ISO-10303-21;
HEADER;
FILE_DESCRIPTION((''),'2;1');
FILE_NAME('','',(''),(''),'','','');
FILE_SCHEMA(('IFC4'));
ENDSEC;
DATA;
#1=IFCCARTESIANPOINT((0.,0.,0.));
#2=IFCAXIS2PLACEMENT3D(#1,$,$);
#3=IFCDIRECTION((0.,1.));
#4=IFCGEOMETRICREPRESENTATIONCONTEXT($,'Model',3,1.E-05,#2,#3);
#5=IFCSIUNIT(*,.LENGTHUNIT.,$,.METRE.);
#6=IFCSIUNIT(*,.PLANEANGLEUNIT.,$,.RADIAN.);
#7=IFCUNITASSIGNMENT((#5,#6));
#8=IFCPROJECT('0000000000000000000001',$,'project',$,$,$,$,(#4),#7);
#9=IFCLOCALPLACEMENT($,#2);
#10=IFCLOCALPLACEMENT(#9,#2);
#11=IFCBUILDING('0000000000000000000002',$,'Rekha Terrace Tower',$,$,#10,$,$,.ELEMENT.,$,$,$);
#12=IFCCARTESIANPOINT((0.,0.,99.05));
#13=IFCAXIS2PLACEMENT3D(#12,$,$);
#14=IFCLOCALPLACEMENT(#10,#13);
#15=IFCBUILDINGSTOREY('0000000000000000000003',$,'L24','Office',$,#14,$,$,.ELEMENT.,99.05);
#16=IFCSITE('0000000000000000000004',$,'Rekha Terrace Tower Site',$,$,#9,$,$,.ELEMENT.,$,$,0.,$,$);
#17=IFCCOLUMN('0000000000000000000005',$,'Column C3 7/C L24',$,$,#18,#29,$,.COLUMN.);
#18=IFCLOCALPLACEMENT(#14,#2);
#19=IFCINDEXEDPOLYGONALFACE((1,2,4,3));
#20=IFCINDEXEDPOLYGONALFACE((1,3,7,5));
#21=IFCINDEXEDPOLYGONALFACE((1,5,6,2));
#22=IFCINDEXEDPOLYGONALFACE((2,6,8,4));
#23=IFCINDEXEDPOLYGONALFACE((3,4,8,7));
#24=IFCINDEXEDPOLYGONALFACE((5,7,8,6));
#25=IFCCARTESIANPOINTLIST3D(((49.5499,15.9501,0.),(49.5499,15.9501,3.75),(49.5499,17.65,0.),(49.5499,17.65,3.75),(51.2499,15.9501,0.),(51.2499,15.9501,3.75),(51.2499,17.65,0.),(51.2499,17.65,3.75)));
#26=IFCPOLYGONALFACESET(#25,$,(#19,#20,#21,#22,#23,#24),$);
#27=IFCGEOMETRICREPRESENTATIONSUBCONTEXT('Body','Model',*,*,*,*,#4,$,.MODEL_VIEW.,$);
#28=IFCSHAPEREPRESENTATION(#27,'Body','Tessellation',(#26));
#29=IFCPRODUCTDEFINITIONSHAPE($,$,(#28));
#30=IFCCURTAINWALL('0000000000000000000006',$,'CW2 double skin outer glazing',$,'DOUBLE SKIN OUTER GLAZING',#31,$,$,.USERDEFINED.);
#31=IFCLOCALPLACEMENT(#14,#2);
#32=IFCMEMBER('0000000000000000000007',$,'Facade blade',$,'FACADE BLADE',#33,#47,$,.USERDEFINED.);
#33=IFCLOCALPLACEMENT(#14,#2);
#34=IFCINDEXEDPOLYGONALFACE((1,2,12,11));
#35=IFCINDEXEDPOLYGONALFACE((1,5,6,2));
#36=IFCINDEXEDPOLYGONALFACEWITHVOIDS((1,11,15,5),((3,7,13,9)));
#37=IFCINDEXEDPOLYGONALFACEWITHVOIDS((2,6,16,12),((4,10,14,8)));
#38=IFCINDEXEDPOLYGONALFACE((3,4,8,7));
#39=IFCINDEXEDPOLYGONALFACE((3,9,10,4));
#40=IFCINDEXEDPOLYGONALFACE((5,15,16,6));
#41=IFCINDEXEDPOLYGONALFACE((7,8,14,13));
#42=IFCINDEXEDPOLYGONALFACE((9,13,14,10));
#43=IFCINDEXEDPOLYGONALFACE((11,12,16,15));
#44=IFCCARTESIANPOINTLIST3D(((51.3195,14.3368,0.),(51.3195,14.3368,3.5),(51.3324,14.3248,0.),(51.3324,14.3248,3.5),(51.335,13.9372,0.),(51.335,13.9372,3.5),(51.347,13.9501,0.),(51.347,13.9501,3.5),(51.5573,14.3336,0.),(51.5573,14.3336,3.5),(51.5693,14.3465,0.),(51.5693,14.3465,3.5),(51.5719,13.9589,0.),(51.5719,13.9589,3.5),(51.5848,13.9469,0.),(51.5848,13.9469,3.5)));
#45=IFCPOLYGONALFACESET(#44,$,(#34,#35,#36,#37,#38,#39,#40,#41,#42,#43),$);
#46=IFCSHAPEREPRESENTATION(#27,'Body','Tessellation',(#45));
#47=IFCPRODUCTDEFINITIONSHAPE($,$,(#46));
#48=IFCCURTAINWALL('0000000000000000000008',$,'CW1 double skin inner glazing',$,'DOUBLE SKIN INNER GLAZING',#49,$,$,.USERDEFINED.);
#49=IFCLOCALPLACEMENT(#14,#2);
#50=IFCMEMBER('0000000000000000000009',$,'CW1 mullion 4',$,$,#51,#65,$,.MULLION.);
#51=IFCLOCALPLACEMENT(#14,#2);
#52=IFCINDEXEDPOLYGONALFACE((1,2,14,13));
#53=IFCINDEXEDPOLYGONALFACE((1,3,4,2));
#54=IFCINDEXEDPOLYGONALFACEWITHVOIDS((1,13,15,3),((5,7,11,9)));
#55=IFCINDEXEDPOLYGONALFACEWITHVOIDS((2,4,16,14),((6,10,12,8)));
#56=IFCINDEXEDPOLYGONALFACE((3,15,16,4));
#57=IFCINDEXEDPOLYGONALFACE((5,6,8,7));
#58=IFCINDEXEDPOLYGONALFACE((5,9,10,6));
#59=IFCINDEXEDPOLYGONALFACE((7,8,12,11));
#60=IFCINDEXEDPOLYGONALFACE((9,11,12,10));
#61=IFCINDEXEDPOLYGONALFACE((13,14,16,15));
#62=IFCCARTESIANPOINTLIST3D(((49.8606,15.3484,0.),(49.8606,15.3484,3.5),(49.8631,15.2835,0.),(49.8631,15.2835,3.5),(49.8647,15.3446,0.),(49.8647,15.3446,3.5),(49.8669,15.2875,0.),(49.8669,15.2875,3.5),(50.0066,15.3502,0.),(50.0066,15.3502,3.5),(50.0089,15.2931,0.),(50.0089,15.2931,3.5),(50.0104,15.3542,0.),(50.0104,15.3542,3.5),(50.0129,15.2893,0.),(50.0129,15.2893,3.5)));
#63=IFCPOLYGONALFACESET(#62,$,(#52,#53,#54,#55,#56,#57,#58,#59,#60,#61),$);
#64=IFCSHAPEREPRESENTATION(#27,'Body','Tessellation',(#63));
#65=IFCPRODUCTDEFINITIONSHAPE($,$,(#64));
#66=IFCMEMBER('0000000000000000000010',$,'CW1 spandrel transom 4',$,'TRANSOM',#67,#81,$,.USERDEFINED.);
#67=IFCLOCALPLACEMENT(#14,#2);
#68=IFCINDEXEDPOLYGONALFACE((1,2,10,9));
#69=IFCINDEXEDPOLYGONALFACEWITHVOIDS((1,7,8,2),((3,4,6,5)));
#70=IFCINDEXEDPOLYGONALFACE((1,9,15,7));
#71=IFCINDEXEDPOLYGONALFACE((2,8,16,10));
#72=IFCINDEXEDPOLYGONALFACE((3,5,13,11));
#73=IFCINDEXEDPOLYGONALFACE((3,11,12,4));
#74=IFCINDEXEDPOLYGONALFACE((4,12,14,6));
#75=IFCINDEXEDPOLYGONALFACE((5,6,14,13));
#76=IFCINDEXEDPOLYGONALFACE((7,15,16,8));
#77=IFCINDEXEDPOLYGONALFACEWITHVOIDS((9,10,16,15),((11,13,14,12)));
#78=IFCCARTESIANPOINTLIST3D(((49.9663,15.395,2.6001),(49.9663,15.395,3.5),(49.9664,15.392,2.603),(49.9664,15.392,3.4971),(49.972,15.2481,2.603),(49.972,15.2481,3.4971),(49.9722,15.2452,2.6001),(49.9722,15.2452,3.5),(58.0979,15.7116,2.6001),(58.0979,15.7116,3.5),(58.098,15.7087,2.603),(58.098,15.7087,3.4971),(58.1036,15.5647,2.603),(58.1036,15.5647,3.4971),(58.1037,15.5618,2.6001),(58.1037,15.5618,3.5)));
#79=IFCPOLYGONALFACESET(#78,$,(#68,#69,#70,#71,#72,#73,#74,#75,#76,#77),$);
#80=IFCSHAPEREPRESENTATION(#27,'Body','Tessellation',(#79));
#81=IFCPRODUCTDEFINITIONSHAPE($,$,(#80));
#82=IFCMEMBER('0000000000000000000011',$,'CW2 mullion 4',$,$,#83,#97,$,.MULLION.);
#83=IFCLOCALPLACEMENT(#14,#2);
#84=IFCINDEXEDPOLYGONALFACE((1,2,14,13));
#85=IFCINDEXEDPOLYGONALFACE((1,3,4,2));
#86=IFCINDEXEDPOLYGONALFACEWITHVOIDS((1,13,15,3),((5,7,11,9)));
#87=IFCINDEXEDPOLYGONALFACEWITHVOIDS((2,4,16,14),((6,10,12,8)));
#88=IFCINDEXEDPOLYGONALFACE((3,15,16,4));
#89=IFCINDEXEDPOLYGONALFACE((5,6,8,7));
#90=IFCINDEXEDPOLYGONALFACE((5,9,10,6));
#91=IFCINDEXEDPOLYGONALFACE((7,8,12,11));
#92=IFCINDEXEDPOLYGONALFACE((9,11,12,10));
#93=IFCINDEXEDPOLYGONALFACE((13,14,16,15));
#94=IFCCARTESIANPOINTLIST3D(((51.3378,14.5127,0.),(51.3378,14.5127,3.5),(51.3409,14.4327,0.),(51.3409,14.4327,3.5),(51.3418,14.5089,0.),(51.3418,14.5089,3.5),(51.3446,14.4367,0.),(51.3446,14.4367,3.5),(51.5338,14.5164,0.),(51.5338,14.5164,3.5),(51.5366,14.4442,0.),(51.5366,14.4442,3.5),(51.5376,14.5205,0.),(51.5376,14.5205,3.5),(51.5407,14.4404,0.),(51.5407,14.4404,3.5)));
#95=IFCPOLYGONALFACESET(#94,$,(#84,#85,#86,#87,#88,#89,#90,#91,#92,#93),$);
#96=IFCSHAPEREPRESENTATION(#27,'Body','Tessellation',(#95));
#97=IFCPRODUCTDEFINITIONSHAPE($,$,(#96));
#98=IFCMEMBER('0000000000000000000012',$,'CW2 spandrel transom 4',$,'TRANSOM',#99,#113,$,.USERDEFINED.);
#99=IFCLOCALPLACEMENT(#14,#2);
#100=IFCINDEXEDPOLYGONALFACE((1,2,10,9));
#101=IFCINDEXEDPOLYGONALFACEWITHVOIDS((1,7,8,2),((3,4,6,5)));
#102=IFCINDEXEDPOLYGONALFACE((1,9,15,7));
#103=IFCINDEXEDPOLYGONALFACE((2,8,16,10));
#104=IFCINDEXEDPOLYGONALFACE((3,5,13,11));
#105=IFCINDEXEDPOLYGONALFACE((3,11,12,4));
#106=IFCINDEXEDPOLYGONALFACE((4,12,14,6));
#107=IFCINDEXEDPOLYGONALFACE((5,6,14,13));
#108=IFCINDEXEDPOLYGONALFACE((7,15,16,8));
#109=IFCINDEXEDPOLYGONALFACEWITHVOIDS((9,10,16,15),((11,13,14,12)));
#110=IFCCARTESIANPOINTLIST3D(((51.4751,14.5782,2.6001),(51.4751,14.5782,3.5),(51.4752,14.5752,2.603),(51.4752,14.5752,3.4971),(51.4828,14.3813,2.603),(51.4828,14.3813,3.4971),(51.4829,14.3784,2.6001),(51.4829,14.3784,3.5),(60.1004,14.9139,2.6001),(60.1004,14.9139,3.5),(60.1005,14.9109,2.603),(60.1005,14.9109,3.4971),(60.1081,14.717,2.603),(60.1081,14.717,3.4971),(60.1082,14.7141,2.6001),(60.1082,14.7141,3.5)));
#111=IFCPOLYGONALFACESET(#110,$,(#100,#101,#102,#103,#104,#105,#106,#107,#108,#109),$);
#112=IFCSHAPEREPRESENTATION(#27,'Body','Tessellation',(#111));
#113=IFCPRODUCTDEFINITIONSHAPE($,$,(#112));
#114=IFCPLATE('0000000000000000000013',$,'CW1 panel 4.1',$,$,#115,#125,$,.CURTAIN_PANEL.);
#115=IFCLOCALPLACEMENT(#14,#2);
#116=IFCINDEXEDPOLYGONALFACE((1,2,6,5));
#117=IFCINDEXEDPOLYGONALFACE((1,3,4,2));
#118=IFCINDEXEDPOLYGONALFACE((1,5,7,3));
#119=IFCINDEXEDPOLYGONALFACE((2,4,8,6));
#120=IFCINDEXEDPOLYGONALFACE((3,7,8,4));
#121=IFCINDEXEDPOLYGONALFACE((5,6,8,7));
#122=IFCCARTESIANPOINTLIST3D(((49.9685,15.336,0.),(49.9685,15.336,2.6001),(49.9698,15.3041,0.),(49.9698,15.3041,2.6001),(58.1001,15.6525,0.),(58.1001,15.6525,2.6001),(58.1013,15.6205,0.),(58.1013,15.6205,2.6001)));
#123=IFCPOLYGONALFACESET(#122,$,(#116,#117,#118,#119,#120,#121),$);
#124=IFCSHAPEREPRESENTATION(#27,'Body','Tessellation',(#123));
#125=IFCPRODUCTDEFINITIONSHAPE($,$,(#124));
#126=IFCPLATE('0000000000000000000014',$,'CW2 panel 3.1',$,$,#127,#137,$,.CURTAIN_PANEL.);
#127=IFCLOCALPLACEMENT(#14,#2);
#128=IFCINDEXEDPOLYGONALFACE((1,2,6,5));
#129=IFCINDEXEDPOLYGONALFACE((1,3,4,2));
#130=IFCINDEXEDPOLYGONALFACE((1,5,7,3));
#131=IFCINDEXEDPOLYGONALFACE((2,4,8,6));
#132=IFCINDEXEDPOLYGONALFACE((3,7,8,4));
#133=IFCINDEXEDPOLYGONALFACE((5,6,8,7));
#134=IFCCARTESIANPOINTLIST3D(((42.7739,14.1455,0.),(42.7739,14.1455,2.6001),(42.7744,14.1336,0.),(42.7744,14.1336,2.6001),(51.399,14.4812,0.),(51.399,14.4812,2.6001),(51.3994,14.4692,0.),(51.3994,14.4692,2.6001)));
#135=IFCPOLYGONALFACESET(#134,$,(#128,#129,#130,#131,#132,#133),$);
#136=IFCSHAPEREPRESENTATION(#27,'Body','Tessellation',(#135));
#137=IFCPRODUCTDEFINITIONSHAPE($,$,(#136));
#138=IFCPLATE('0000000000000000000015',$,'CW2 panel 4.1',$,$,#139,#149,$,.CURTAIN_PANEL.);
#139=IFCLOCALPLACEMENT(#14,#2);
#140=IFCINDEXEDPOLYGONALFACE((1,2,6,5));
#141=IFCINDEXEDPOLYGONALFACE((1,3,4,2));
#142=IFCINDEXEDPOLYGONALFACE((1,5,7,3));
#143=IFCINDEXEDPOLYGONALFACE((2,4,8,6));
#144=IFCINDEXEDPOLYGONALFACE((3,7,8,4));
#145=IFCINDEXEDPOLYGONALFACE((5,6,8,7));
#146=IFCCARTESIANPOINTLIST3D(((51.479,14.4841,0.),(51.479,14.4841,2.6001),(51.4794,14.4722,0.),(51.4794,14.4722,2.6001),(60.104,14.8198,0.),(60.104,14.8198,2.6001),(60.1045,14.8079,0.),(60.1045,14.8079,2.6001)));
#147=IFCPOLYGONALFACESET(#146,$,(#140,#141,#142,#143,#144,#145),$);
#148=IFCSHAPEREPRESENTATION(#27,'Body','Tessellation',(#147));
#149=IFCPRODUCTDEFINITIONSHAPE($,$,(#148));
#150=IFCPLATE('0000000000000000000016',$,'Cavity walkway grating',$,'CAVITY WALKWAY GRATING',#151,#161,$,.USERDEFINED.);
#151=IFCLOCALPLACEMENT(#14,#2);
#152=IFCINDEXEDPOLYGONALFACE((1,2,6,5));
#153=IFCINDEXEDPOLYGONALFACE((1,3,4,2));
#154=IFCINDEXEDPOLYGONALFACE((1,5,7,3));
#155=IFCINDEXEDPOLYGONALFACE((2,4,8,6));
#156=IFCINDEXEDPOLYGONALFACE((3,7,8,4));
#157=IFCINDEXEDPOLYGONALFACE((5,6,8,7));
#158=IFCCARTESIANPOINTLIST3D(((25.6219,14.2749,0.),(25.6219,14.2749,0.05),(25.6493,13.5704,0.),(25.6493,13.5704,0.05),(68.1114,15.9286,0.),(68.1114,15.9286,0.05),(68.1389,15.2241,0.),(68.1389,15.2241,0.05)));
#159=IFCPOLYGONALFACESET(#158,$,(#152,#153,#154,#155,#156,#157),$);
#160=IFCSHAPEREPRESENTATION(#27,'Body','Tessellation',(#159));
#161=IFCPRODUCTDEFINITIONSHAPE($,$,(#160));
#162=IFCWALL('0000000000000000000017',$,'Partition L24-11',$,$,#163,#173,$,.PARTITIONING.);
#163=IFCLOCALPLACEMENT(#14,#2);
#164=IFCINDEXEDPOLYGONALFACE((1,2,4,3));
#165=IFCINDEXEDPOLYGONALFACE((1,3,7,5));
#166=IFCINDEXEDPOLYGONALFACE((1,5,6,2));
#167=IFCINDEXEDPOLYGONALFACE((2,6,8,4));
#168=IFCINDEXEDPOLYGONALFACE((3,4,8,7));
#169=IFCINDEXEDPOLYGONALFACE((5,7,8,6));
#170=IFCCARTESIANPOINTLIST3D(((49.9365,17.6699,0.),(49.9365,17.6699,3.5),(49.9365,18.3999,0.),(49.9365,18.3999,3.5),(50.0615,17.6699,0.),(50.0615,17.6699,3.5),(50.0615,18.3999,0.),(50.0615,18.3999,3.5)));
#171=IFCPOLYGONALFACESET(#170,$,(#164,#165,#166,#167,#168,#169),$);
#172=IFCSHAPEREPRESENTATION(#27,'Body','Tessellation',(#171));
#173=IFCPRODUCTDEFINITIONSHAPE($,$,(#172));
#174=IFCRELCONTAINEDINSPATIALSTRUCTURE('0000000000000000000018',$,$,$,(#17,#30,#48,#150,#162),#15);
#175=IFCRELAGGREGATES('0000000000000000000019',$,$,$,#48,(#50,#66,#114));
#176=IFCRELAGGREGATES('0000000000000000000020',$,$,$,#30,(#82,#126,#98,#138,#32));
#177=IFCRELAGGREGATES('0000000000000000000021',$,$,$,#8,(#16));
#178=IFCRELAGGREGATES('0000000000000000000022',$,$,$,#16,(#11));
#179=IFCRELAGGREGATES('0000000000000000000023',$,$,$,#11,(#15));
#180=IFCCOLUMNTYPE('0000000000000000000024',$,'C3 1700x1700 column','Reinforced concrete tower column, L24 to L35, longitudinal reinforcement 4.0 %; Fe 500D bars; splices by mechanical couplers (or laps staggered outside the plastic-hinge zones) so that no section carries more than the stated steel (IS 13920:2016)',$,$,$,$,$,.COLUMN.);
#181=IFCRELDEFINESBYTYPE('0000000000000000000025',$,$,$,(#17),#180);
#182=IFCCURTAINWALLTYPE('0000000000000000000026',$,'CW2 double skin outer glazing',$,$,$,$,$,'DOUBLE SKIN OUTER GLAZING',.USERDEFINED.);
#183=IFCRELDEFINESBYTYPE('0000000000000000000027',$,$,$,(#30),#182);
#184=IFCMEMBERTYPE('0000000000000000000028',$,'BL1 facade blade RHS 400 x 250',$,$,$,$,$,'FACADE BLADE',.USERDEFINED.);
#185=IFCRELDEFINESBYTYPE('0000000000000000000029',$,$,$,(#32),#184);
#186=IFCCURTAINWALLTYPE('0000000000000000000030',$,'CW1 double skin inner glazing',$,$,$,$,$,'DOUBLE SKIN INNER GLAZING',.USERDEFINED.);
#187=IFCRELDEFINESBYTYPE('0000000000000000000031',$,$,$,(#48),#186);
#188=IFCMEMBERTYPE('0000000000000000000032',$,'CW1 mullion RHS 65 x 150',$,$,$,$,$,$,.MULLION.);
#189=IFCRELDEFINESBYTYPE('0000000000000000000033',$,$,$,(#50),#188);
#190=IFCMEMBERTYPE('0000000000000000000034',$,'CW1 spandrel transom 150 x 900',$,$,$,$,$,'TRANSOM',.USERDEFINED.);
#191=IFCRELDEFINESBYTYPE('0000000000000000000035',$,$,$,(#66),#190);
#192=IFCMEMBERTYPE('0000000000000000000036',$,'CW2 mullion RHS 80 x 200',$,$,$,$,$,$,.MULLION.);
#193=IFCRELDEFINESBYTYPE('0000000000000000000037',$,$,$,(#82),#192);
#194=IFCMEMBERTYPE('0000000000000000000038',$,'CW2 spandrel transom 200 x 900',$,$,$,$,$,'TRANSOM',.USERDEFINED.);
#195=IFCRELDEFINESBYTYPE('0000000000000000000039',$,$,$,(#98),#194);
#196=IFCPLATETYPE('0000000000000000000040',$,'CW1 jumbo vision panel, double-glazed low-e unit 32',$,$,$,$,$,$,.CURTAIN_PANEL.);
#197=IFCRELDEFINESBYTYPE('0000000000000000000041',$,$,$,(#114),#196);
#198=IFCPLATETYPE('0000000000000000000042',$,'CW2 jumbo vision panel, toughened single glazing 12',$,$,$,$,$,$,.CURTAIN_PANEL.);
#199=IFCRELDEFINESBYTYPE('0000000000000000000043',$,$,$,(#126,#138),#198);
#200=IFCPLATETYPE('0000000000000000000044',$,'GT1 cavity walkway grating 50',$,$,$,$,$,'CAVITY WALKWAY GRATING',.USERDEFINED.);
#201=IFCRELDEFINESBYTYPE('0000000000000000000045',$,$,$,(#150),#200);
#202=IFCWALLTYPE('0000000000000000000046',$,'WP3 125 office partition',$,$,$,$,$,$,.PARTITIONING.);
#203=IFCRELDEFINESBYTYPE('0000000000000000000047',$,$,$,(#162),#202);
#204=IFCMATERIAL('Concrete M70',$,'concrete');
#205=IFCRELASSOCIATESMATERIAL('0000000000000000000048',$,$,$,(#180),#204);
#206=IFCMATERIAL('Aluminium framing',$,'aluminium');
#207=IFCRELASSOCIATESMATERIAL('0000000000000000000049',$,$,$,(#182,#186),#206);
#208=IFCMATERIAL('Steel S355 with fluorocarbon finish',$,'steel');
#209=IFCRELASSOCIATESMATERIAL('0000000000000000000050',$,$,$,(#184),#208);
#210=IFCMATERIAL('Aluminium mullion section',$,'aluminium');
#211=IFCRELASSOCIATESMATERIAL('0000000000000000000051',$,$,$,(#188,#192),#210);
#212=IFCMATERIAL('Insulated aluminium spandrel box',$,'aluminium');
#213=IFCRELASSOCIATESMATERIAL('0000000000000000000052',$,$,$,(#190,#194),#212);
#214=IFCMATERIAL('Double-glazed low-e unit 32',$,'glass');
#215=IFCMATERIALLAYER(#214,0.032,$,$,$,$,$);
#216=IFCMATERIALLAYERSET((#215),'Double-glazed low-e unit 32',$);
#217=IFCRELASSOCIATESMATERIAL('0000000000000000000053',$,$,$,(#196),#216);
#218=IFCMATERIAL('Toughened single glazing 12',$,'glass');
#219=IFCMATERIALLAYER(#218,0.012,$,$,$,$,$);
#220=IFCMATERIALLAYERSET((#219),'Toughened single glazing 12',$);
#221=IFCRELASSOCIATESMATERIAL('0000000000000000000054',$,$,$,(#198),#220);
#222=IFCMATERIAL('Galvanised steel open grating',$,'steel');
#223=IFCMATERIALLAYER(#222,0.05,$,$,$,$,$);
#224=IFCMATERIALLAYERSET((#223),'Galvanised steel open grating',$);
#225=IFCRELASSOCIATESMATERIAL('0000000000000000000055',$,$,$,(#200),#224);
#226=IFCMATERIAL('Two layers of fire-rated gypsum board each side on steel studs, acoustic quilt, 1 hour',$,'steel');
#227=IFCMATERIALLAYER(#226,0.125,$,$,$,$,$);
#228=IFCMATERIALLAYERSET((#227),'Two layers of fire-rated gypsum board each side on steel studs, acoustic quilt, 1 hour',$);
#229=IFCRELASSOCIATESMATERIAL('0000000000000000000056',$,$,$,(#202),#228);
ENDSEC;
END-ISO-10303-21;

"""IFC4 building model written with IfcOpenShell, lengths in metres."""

from ifc_helpers import new_model, si_unit, direction, frame, frame_2d, origin, origin_2d, place, context, subcontext, project, spatial, rectangle, hollow_rectangle, extrude, material, layer, layer_set, material_profile, profile_set, type_object, element, aggregate, save


model = new_model("IFC4")

# Units and contexts
model_context = context("Model", 3, precision=1e-05, world=origin(), true_north=direction((0.0, 1.0)))
body_context = subcontext(model_context, "Body", "Model", "MODEL_VIEW")
ifc_project = project(units=[si_unit("LENGTHUNIT", "METRE"), si_unit("PLANEANGLEUNIT", "RADIAN")], contexts=[model_context])

# Site, building, storey
site_placement = place(None, origin())
site = spatial("IfcSite", under=ifc_project, at=site_placement, Name="Rekha Terrace Tower Site", CompositionType="ELEMENT", RefElevation=0.0)
building_placement = place(site_placement, origin())
building = spatial("IfcBuilding", under=site, at=building_placement, Name="Rekha Terrace Tower", CompositionType="ELEMENT")
storey_placement = place(building_placement, frame((0.0, 0.0, 99.05)))
storey = spatial("IfcBuildingStorey", under=building, at=storey_placement, Name="L24", Description="Office", CompositionType="ELEMENT", Elevation=99.05)

# Column
ifc_material_1 = material(Name="Concrete M70", Category="concrete")
ifc_material_profile_1 = material_profile(ifc_material_1, rectangle(XDim=1.7, YDim=1.7, at=origin_2d()), Name="RC 1700x1700")
ifc_profile_set_1 = profile_set([ifc_material_profile_1], Name="Concrete M70")
column_type = type_object("IfcColumnType", Name="C3 1700x1700 column", Description="Reinforced concrete tower column, L24 to L35, longitudinal reinforcement 4.0 %; Fe 500D bars; splices by mechanical couplers (or laps staggered outside the plastic-hinge zones) so that no section carries more than the stated steel (IS 13920:2016)", PredefinedType="COLUMN", material=ifc_profile_set_1)
column_placement = place(storey_placement, frame((50.3999, 16.8, 0.0), z_axis=(0.0, 0.0, 1.0), x_axis=(1.0, 0.0, 0.0)))
element("IfcColumn", 1, at=column_placement, inside=storey, type_object=column_type, Name="Column C3 7/C L24", PredefinedType="COLUMN", context=body_context, shape_type="SweptSolid", body=[
    extrude(rectangle(XDim=1.7, YDim=1.7, at=origin_2d()), origin(), (0.0, 0.0, 1.0), 3.75),
])

# Curtain wall, member
ifc_material_2 = material(Name="Aluminium framing", Category="aluminium")
curtain_wall_type_1 = type_object("IfcCurtainWallType", Name="CW2 double skin outer glazing", ElementType="DOUBLE SKIN OUTER GLAZING", PredefinedType="USERDEFINED", material=ifc_material_2)
curtain_wall_1_placement = place(storey_placement, origin())
curtain_wall_1 = element("IfcCurtainWall", 2, at=curtain_wall_1_placement, inside=storey, type_object=curtain_wall_type_1, Name="CW2 double skin outer glazing", ObjectType="DOUBLE SKIN OUTER GLAZING", PredefinedType="USERDEFINED")
ifc_material_3 = material(Name="Steel S355 with fluorocarbon finish", Category="steel")
ifc_material_profile_2 = material_profile(ifc_material_3, hollow_rectangle(XDim=0.25, YDim=0.3999, WallThickness=0.0125, at=origin_2d()), Name="RHS400x250x12.5")
ifc_profile_set_2 = profile_set([ifc_material_profile_2], Name="Steel S355 with fluorocarbon finish")
member_type_1 = type_object("IfcMemberType", Name="BL1 facade blade RHS 400 x 250", ElementType="FACADE BLADE", PredefinedType="USERDEFINED", material=ifc_profile_set_2)
member_1_placement = place(storey_placement, frame((51.4521, 14.1418, 0.0), z_axis=(0.0, 0.0, 1.0), x_axis=(0.999243, 0.03889, 0.0)))
member_1 = element("IfcMember", 3, at=member_1_placement, type_object=member_type_1, Name="Facade blade", ObjectType="FACADE BLADE", PredefinedType="USERDEFINED", context=body_context, shape_type="SweptSolid", body=[
    extrude(hollow_rectangle(XDim=0.25, YDim=0.3999, WallThickness=0.0125, at=origin_2d()), origin(), (0.0, 0.0, 1.0), 3.5),
])

# Curtain wall, members
curtain_wall_type_2 = type_object("IfcCurtainWallType", Name="CW1 double skin inner glazing", ElementType="DOUBLE SKIN INNER GLAZING", PredefinedType="USERDEFINED", material=ifc_material_2)
curtain_wall_2_placement = place(storey_placement, origin())
curtain_wall_2 = element("IfcCurtainWall", 4, at=curtain_wall_2_placement, inside=storey, type_object=curtain_wall_type_2, Name="CW1 double skin inner glazing", ObjectType="DOUBLE SKIN INNER GLAZING", PredefinedType="USERDEFINED")
ifc_material_4 = material(Name="Aluminium mullion section", Category="aluminium")
ifc_material_profile_3 = material_profile(ifc_material_4, hollow_rectangle(XDim=0.0649, YDim=0.1499, WallThickness=0.0039, at=origin_2d()), Name="AL RHS 65x150")
ifc_profile_set_3 = profile_set([ifc_material_profile_3], Name="Aluminium mullion section")
member_type_2 = type_object("IfcMemberType", Name="CW1 mullion RHS 65 x 150", PredefinedType="MULLION", material=ifc_profile_set_3)
member_2_placement = place(storey_placement, frame((49.9368, 15.3188, 0.0), z_axis=(0.0, 0.0, 1.0), x_axis=(-0.03889, 0.999243, 0.0)))
member_2 = element("IfcMember", 5, at=member_2_placement, type_object=member_type_2, Name="CW1 mullion 4", PredefinedType="MULLION", context=body_context, shape_type="SweptSolid", body=[
    extrude(hollow_rectangle(XDim=0.0649, YDim=0.1499, WallThickness=0.0039, at=origin_2d()), origin(), (0.0, 0.0, 1.0), 3.5),
])
ifc_material_5 = material(Name="Insulated aluminium spandrel box", Category="aluminium")
ifc_material_profile_4 = material_profile(ifc_material_5, hollow_rectangle(XDim=0.1499, YDim=0.8999, WallThickness=0.0029, at=origin_2d()), Name="AL SPANDREL BOX 150x900")
ifc_profile_set_4 = profile_set([ifc_material_profile_4], Name="Insulated aluminium spandrel box")
member_type_3 = type_object("IfcMemberType", Name="CW1 spandrel transom 150 x 900", ElementType="TRANSOM", PredefinedType="USERDEFINED", material=ifc_profile_set_4)
member_3_placement = place(storey_placement, frame((49.9692, 15.3201, 3.05), z_axis=(0.999243, 0.038911, 0.0), x_axis=(-0.038911, 0.999243, 0.0)))
member_3 = element("IfcMember", 6, at=member_3_placement, type_object=member_type_3, Name="CW1 spandrel transom 4", ObjectType="TRANSOM", PredefinedType="USERDEFINED", context=body_context, shape_type="SweptSolid", body=[
    extrude(hollow_rectangle(XDim=0.1499, YDim=0.8999, WallThickness=0.0029, at=origin_2d()), origin(), (0.0, 0.0, 1.0), 8.1377),
])

# Members
ifc_material_profile_5 = material_profile(ifc_material_4, hollow_rectangle(XDim=0.0801, YDim=0.2, WallThickness=0.0039, at=origin_2d()), Name="AL RHS 80x200")
ifc_profile_set_5 = profile_set([ifc_material_profile_5], Name="Aluminium mullion section")
member_type_4 = type_object("IfcMemberType", Name="CW2 mullion RHS 80 x 200", PredefinedType="MULLION", material=ifc_profile_set_5)
member_4_placement = place(storey_placement, frame((51.4392, 14.4766, 0.0), z_axis=(0.0, 0.0, 1.0), x_axis=(-0.03889, 0.999243, 0.0)))
member_4 = element("IfcMember", 7, at=member_4_placement, type_object=member_type_4, Name="CW2 mullion 4", PredefinedType="MULLION", context=body_context, shape_type="SweptSolid", body=[
    extrude(hollow_rectangle(XDim=0.0801, YDim=0.2, WallThickness=0.0039, at=origin_2d()), origin(), (0.0, 0.0, 1.0), 3.5),
])
ifc_material_profile_6 = material_profile(ifc_material_5, hollow_rectangle(XDim=0.2, YDim=0.8999, WallThickness=0.0029, at=origin_2d()), Name="AL SPANDREL BOX 200x900")
ifc_profile_set_6 = profile_set([ifc_material_profile_6], Name="Insulated aluminium spandrel box")
member_type_5 = type_object("IfcMemberType", Name="CW2 spandrel transom 200 x 900", ElementType="TRANSOM", PredefinedType="USERDEFINED", material=ifc_profile_set_6)
member_5_placement = place(storey_placement, frame((51.479, 14.4783, 3.05), z_axis=(0.999243, 0.03889, 0.0), x_axis=(-0.03889, 0.999243, 0.0)))
member_5 = element("IfcMember", 8, at=member_5_placement, type_object=member_type_5, Name="CW2 spandrel transom 4", ObjectType="TRANSOM", PredefinedType="USERDEFINED", context=body_context, shape_type="SweptSolid", body=[
    extrude(hollow_rectangle(XDim=0.2, YDim=0.8999, WallThickness=0.0029, at=origin_2d()), origin(), (0.0, 0.0, 1.0), 8.6318),
])

# Plates
ifc_material_6 = material(Name="Double-glazed low-e unit 32", Category="glass")
ifc_layer_1 = layer(ifc_material_6, 0.032)
ifc_layer_set_1 = layer_set([ifc_layer_1], Name="Double-glazed low-e unit 32")
plate_type_1 = type_object("IfcPlateType", Name="CW1 jumbo vision panel, double-glazed low-e unit 32", PredefinedType="CURTAIN_PANEL", material=ifc_layer_set_1)
plate_1_placement = place(storey_placement, frame((54.0349, 15.4783, 0.0), z_axis=(0.0, 0.0, 1.0), x_axis=(0.999243, 0.03889, 0.0)))
plate_1 = element("IfcPlate", 9, at=plate_1_placement, type_object=plate_type_1, Name="CW1 panel 4.1", PredefinedType="CURTAIN_PANEL", context=body_context, shape_type="SweptSolid", body=[
    extrude(rectangle(XDim=8.1377, YDim=0.032, at=origin_2d()), origin(), (0.0, 0.0, 1.0), 2.6001),
])
aggregate(curtain_wall_2, [member_2, member_3, plate_1])
ifc_material_7 = material(Name="Toughened single glazing 12", Category="glass")
ifc_layer_2 = layer(ifc_material_7, 0.012)
ifc_layer_set_2 = layer_set([ifc_layer_2], Name="Toughened single glazing 12")
plate_type_2 = type_object("IfcPlateType", Name="CW2 jumbo vision panel, toughened single glazing 12", PredefinedType="CURTAIN_PANEL", material=ifc_layer_set_2)
plate_2_placement = place(storey_placement, frame((47.0867, 14.3074, 0.0), z_axis=(0.0, 0.0, 1.0), x_axis=(0.999243, 0.03889, 0.0)))
plate_2 = element("IfcPlate", 10, at=plate_2_placement, type_object=plate_type_2, Name="CW2 panel 3.1", PredefinedType="CURTAIN_PANEL", context=body_context, shape_type="SweptSolid", body=[
    extrude(rectangle(XDim=8.6316, YDim=0.012, at=origin_2d()), origin(), (0.0, 0.0, 1.0), 2.6001),
])
plate_3_placement = place(storey_placement, frame((55.7917, 14.646, 0.0), z_axis=(0.0, 0.0, 1.0), x_axis=(0.999243, 0.03889, 0.0)))
plate_3 = element("IfcPlate", 11, at=plate_3_placement, type_object=plate_type_2, Name="CW2 panel 4.1", PredefinedType="CURTAIN_PANEL", context=body_context, shape_type="SweptSolid", body=[
    extrude(rectangle(XDim=8.6316, YDim=0.012, at=origin_2d()), origin(), (0.0, 0.0, 1.0), 2.6001),
])
aggregate(curtain_wall_1, [member_4, plate_2, member_5, plate_3, member_1])
ifc_material_8 = material(Name="Galvanised steel open grating", Category="steel")
ifc_layer_3 = layer(ifc_material_8, 0.05)
ifc_layer_set_3 = layer_set([ifc_layer_3], Name="Galvanised steel open grating")
plate_type_3 = type_object("IfcPlateType", Name="GT1 cavity walkway grating 50", ElementType="CAVITY WALKWAY GRATING", PredefinedType="USERDEFINED", material=ifc_layer_set_3)
plate_4_placement = place(storey_placement, frame((46.8804, 14.7495, 0.0), z_axis=(0.0, 0.0, 1.0), x_axis=(0.999243, 0.03889, 0.0)))
element("IfcPlate", 12, at=plate_4_placement, inside=storey, type_object=plate_type_3, Name="Cavity walkway grating", ObjectType="CAVITY WALKWAY GRATING", PredefinedType="USERDEFINED", context=body_context, shape_type="SweptSolid", body=[
    extrude(rectangle(XDim=42.5217, YDim=0.7051, at=origin_2d()), origin(), (0.0, 0.0, 1.0), 0.05),
])

# Wall
ifc_material_9 = material(Name="Two layers of fire-rated gypsum board each side on steel studs, acoustic quilt, 1 hour", Category="steel")
ifc_layer_4 = layer(ifc_material_9, 0.125)
ifc_layer_set_4 = layer_set([ifc_layer_4], Name="Two layers of fire-rated gypsum board each side on steel studs, acoustic quilt, 1 hour")
wall_type = type_object("IfcWallType", Name="WP3 125 office partition", PredefinedType="PARTITIONING", material=ifc_layer_set_4)
wall_1_placement = place(storey_placement, frame((49.999, 18.3999, 0.0), z_axis=(0.0, 0.0, 1.0), x_axis=(0.0, -1.0, 0.0)))
element("IfcWall", 13, at=wall_1_placement, inside=storey, type_object=wall_type, Name="Partition L24-11", PredefinedType="PARTITIONING", context=body_context, shape_type="SweptSolid", body=[
    extrude(rectangle(XDim=0.73, YDim=0.125, at=frame_2d((0.365, 0.0))), origin(), (0.0, 0.0, 1.0), 3.5),
])

save(model, "model.ifc")
